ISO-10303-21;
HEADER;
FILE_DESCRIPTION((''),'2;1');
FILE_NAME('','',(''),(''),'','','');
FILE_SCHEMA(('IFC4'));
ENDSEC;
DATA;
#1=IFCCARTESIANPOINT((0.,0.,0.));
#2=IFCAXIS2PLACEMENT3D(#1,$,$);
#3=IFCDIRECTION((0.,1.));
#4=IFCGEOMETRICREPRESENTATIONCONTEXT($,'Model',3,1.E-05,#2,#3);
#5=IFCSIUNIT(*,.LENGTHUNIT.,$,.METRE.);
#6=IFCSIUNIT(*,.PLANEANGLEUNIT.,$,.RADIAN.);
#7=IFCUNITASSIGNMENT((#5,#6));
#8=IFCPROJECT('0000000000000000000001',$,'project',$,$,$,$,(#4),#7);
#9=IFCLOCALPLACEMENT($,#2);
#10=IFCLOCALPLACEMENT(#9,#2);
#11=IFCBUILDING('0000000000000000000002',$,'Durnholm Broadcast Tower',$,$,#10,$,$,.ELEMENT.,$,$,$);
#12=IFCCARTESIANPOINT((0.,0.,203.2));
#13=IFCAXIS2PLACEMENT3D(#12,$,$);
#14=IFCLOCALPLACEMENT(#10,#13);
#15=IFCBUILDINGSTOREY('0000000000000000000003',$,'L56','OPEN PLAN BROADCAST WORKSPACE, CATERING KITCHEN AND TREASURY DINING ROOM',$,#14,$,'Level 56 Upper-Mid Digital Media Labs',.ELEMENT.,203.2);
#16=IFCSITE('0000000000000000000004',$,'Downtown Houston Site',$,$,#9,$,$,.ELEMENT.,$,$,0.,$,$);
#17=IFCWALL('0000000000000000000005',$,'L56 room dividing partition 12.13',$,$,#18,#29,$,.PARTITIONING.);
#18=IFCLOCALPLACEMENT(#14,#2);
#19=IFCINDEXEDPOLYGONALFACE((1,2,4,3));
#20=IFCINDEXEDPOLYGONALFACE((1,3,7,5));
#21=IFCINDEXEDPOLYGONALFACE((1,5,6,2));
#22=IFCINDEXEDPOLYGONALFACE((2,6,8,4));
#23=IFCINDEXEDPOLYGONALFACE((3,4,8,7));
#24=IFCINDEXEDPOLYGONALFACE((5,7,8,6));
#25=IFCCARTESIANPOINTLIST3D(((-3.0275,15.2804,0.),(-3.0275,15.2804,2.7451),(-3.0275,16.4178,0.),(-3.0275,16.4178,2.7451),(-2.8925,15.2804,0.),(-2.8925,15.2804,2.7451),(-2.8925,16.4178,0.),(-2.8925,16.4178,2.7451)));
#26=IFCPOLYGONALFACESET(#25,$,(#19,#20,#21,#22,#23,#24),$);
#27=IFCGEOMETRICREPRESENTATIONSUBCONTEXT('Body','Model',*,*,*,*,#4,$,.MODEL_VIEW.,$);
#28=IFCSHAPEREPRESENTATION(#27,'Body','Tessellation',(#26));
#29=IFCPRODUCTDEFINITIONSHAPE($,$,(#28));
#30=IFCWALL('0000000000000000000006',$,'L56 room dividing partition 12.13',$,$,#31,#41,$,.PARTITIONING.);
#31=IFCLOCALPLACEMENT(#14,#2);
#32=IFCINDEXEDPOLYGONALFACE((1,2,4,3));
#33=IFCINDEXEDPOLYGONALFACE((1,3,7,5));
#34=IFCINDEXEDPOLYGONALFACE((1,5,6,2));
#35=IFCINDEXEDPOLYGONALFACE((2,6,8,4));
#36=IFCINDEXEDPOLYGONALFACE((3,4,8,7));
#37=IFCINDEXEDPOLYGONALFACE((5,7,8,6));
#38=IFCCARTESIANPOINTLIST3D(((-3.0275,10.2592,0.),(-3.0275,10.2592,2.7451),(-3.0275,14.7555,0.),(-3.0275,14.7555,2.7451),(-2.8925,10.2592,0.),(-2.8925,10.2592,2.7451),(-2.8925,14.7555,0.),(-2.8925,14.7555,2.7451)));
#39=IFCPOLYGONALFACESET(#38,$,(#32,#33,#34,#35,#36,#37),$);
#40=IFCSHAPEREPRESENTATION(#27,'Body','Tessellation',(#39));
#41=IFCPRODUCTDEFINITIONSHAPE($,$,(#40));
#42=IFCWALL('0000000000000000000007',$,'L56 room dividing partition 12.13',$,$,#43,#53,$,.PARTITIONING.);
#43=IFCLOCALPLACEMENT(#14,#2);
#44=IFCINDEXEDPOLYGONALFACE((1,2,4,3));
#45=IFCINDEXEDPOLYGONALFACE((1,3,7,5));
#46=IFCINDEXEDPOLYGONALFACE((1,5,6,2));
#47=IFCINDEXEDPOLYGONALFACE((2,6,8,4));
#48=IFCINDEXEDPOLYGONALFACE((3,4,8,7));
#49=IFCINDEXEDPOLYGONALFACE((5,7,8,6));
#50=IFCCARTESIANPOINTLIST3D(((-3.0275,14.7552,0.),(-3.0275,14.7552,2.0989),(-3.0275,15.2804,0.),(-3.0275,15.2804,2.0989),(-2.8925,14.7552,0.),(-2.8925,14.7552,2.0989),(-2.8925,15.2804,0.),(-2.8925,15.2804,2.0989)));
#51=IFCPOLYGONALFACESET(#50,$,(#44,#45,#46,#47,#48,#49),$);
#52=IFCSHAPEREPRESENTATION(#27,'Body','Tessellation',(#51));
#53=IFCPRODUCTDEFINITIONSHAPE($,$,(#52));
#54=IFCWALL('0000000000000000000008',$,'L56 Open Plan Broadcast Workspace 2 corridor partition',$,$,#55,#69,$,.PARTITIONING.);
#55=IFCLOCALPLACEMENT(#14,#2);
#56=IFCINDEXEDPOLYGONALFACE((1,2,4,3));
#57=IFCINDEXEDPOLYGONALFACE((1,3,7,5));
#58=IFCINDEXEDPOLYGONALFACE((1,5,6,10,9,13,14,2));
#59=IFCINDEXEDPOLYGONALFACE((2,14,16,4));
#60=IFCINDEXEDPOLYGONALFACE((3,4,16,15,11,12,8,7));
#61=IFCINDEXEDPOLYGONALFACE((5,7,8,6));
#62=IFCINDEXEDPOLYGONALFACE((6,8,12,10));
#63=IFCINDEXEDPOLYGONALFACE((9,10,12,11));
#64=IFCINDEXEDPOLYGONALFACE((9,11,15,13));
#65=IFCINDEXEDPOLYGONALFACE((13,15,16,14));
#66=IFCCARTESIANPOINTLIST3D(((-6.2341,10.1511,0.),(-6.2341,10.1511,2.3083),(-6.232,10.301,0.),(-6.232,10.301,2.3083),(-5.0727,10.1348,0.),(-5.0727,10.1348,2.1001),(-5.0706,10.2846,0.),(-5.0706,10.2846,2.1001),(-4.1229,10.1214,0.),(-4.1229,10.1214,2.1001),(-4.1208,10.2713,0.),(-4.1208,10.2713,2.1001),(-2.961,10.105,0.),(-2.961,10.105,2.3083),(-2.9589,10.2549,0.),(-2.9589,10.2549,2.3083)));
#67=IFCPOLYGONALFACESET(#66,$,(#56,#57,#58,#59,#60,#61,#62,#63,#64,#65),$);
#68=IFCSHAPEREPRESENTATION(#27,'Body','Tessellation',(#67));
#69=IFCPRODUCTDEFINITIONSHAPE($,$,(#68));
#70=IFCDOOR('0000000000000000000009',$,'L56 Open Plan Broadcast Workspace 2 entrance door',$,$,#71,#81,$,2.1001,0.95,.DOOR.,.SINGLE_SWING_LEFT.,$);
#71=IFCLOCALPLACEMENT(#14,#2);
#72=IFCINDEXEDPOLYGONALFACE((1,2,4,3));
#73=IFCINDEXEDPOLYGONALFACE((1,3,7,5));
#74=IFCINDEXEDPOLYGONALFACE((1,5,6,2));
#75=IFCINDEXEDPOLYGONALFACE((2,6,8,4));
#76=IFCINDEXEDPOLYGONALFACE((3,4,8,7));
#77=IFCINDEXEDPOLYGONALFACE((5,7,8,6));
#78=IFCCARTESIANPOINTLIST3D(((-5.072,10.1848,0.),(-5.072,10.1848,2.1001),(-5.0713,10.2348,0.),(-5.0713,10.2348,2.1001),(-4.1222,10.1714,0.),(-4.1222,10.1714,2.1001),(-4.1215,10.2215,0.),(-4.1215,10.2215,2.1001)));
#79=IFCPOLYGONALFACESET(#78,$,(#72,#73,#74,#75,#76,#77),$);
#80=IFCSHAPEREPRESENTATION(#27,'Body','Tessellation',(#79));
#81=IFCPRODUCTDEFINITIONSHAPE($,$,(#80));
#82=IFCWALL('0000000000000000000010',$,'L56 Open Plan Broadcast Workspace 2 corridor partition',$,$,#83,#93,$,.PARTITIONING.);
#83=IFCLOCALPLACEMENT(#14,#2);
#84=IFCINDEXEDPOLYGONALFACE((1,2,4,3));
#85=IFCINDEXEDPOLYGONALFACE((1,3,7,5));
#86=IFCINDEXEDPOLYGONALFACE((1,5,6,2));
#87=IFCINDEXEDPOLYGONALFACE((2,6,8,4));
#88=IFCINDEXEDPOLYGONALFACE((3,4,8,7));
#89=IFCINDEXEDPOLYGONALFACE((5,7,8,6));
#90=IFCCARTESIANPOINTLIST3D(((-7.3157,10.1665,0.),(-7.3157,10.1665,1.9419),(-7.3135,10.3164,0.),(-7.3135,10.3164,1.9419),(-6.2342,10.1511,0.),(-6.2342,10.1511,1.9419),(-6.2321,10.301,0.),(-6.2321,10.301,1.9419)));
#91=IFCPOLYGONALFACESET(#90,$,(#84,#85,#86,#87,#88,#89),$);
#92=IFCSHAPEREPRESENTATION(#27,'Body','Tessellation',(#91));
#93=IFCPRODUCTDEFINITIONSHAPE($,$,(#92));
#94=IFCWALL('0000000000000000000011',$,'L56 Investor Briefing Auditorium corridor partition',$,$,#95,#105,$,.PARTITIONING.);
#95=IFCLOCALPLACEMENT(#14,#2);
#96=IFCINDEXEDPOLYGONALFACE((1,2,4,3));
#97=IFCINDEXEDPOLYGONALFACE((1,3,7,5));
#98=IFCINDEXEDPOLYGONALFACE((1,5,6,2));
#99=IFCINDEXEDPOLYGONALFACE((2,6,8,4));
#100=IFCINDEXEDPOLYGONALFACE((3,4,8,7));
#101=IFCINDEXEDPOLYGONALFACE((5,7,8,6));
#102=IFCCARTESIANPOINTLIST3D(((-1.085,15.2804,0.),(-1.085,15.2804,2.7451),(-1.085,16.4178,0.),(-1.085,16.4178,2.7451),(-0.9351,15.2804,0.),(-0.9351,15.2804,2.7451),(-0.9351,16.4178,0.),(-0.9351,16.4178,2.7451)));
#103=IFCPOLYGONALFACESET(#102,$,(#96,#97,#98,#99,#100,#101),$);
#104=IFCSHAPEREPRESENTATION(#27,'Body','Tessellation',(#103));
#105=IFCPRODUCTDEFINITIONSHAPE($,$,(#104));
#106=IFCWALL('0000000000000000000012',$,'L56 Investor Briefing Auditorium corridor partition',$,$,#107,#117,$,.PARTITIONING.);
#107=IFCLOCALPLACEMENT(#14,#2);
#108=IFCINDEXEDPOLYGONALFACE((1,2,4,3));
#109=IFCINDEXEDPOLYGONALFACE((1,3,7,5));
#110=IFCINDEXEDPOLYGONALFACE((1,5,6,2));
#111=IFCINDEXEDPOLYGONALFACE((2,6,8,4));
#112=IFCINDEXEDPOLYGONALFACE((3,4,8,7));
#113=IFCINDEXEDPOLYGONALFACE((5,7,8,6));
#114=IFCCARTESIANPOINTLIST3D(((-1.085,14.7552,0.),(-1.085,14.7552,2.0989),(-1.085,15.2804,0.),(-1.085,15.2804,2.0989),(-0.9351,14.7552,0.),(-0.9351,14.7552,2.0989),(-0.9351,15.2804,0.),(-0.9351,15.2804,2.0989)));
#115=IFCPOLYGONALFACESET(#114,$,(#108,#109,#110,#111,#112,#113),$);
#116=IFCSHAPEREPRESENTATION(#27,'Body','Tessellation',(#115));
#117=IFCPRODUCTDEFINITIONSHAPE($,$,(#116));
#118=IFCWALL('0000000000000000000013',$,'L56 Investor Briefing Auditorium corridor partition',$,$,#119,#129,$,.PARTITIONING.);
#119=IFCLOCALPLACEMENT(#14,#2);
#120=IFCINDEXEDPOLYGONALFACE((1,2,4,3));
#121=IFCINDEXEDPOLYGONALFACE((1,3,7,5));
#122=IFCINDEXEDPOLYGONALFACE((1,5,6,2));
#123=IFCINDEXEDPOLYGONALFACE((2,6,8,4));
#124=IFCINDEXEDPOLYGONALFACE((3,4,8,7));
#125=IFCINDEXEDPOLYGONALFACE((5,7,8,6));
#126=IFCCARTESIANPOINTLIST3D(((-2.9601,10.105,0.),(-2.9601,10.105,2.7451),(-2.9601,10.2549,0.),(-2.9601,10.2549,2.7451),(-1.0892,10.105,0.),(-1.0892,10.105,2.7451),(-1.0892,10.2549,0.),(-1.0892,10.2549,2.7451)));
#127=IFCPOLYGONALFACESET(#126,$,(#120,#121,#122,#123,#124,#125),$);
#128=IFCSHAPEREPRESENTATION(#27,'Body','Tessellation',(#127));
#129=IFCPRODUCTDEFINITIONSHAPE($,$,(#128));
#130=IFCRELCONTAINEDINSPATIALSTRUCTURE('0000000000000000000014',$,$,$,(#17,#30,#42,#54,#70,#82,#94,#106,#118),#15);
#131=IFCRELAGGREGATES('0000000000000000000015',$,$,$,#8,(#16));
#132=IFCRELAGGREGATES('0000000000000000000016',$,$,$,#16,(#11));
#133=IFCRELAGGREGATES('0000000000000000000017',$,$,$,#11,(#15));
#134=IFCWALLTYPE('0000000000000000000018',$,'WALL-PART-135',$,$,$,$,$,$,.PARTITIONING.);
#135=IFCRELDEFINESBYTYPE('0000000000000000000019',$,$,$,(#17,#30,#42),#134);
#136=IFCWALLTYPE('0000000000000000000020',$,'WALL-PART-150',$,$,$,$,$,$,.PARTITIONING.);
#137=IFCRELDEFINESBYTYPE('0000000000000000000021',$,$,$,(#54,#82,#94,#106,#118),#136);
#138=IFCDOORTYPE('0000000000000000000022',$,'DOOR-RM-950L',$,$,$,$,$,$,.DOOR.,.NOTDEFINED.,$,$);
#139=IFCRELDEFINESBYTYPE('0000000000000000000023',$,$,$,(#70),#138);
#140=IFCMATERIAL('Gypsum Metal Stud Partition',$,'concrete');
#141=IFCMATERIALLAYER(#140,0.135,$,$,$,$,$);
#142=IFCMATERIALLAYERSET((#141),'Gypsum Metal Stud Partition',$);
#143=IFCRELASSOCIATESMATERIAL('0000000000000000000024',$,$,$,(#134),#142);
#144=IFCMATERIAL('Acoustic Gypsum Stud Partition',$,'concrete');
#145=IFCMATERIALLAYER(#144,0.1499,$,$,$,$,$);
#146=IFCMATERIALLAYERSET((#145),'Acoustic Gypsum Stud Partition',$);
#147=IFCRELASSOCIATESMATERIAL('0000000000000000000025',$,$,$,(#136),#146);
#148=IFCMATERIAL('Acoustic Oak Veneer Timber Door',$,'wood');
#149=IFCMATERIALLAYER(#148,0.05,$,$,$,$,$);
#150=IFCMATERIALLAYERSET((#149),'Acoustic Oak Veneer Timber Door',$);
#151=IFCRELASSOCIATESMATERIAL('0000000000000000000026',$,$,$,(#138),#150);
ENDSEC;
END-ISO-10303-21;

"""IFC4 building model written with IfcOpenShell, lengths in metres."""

from ifc_helpers import new_model, si_unit, direction, frame, frame_2d, origin, place, context, subcontext, project, spatial, rectangle, extrude, source, transform, mapped, material, layer, layer_set, type_object, type_shapes, element, fill, save


model = new_model("IFC4")

# Units and contexts
model_context = context("Model", 3, precision=1e-05, world=origin(), true_north=direction((0.0, 1.0)))
body_context = subcontext(model_context, "Body", "Model", "MODEL_VIEW")
ifc_project = project(units=[si_unit("LENGTHUNIT", "METRE"), si_unit("PLANEANGLEUNIT", "RADIAN")], contexts=[model_context])

# Site, building, storey
site_placement = place(None, origin())
site = spatial("IfcSite", under=ifc_project, at=site_placement, Name="Downtown Houston Site", CompositionType="ELEMENT", RefElevation=0.0)
building_placement = place(site_placement, origin())
building = spatial("IfcBuilding", under=site, at=building_placement, Name="Durnholm Broadcast Tower", CompositionType="ELEMENT")
storey_placement = place(building_placement, frame((0.0, 0.0, 203.2)))
storey = spatial("IfcBuildingStorey", under=building, at=storey_placement, Name="L56", Description="OPEN PLAN BROADCAST WORKSPACE, CATERING KITCHEN AND TREASURY DINING ROOM", LongName="Level 56 Upper-Mid Digital Media Labs", CompositionType="ELEMENT", Elevation=203.2)

# Walls
ifc_material_1 = material(Name="Gypsum Metal Stud Partition", Category="concrete")
ifc_layer_1 = layer(ifc_material_1, 0.135)
ifc_layer_set_1 = layer_set([ifc_layer_1], Name="Gypsum Metal Stud Partition")
wall_type_1 = type_object("IfcWallType", Name="WALL-PART-135", PredefinedType="PARTITIONING", material=ifc_layer_set_1)
wall_1_placement = place(storey_placement, frame((-2.96, 16.418, 0.0), z_axis=(0.0, 0.0, 1.0), x_axis=(0.0, -1.0, 0.0)))
element("IfcWall", 1, at=wall_1_placement, inside=storey, type_object=wall_type_1, Name="L56 room dividing partition 12.13", PredefinedType="PARTITIONING", context=body_context, shape_type="SweptSolid", body=[
    extrude(rectangle(XDim=1.1375, YDim=0.135, at=frame_2d((0.5688, 0.0))), origin(), (0.0, 0.0, 1.0), 2.7451),
])
wall_2_placement = place(storey_placement, frame((-2.96, 14.7554, 0.0), z_axis=(0.0, 0.0, 1.0), x_axis=(0.0, -1.0, 0.0)))
element("IfcWall", 2, at=wall_2_placement, inside=storey, type_object=wall_type_1, Name="L56 room dividing partition 12.13", PredefinedType="PARTITIONING", context=body_context, shape_type="SweptSolid", body=[
    extrude(rectangle(XDim=4.4963, YDim=0.135, at=frame_2d((2.248, 0.0))), origin(), (0.0, 0.0, 1.0), 2.7451),
])
wall_3_placement = place(storey_placement, frame((-2.96, 15.2805, 0.0), z_axis=(0.0, 0.0, 1.0), x_axis=(0.0, -1.0, 0.0)))
element("IfcWall", 3, at=wall_3_placement, inside=storey, type_object=wall_type_1, Name="L56 room dividing partition 12.13", PredefinedType="PARTITIONING", context=body_context, shape_type="SweptSolid", body=[
    extrude(rectangle(XDim=0.5251, YDim=0.135, at=frame_2d((0.2627, 0.0))), origin(), (0.0, 0.0, 1.0), 2.0989),
])

# Wall, opening, door
ifc_material_2 = material(Name="Acoustic Gypsum Stud Partition", Category="concrete")
ifc_layer_2 = layer(ifc_material_2, 0.1499)
ifc_layer_set_2 = layer_set([ifc_layer_2], Name="Acoustic Gypsum Stud Partition")
wall_type_2 = type_object("IfcWallType", Name="WALL-PART-150", PredefinedType="PARTITIONING", material=ifc_layer_set_2)
wall_4_placement = place(storey_placement, frame((-2.96, 10.1799, 0.0), z_axis=(0.0, 0.0, 1.0), x_axis=(-0.999901, 0.014096, 0.0)))
wall_4 = element("IfcWall", 4, at=wall_4_placement, inside=storey, type_object=wall_type_2, Name="L56 Open Plan Broadcast Workspace 2 corridor partition", PredefinedType="PARTITIONING", context=body_context, shape_type="SweptSolid", body=[
    extrude(rectangle(XDim=3.2734, YDim=0.1499, at=frame_2d((1.6367, 0.0))), origin(), (0.0, 0.0, 1.0), 2.3083),
])
opening_1_placement = place(wall_4_placement, frame((1.1619, 0.0, 0.0)))
opening_1 = element("IfcOpeningElement", 5, at=opening_1_placement, cuts=wall_4, PredefinedType="OPENING", context=body_context, shape_type="SweptSolid", body=[
    extrude(rectangle(XDim=0.95, YDim=2.1001, at=frame_2d((0.4751, 1.05))), frame((0.0, 0.085, 0.0), z_axis=(0.0, -1.0, 0.0), x_axis=(1.0, 0.0, 0.0)), (0.0, 0.0, 1.0), 0.1699),
])
ifc_material_3 = material(Name="Acoustic Oak Veneer Timber Door", Category="wood")
ifc_layer_3 = layer(ifc_material_3, 0.05)
ifc_layer_set_3 = layer_set([ifc_layer_3], Name="Acoustic Oak Veneer Timber Door")
door_type_1 = type_object("IfcDoorType", Name="DOOR-RM-950L", OperationType="NOTDEFINED", PredefinedType="DOOR", material=ifc_layer_set_3)
shared_shape_1 = source(origin(), body_context, "Body", "SweptSolid", [
    extrude(rectangle(XDim=0.95, YDim=2.1001, at=frame_2d((0.4751, 1.05))), frame((0.0, 0.0249, 0.0), z_axis=(0.0, -1.0, 0.0), x_axis=(1.0, 0.0, 0.0)), (0.0, 0.0, 1.0), 0.05),
])
type_shapes(door_type_1, [shared_shape_1])
door_1_placement = place(opening_1_placement, origin())
door_1 = element("IfcDoor", 6, at=door_1_placement, inside=storey, type_object=door_type_1, Name="L56 Open Plan Broadcast Workspace 2 entrance door", OperationType="SINGLE_SWING_LEFT", OverallHeight=2.1001, OverallWidth=0.95, PredefinedType="DOOR", context=body_context, shape_type="MappedRepresentation", body=[
    mapped(shared_shape_1, transform((0.0, 0.0, 0.0), x_axis=(1.0, 0.0, 0.0), y_axis=(0.0, 1.0, 0.0), z_axis=(0.0, 0.0, 1.0), scale=1.0)),
])
fill(opening_1, door_1)

# Walls
wall_5_placement = place(storey_placement, frame((-6.2332, 10.2261, 0.0), z_axis=(0.0, 0.0, 1.0), x_axis=(-0.999899, 0.01422, 0.0)))
element("IfcWall", 7, at=wall_5_placement, inside=storey, type_object=wall_type_2, Name="L56 Open Plan Broadcast Workspace 2 corridor partition", PredefinedType="PARTITIONING", context=body_context, shape_type="SweptSolid", body=[
    extrude(rectangle(XDim=1.0815, YDim=0.1499, at=frame_2d((0.5408, 0.0))), origin(), (0.0, 0.0, 1.0), 1.9419),
])
wall_6_placement = place(storey_placement, frame((-1.01, 16.418, 0.0), z_axis=(0.0, 0.0, 1.0), x_axis=(0.0, -1.0, 0.0)))
element("IfcWall", 8, at=wall_6_placement, inside=storey, type_object=wall_type_2, Name="L56 Investor Briefing Auditorium corridor partition", PredefinedType="PARTITIONING", context=body_context, shape_type="SweptSolid", body=[
    extrude(rectangle(XDim=1.1375, YDim=0.1499, at=frame_2d((0.5688, 0.0))), origin(), (0.0, 0.0, 1.0), 2.7451),
])

# Walls
wall_7_placement = place(storey_placement, frame((-1.01, 15.2805, 0.0), z_axis=(0.0, 0.0, 1.0), x_axis=(0.0, -1.0, 0.0)))
element("IfcWall", 9, at=wall_7_placement, inside=storey, type_object=wall_type_2, Name="L56 Investor Briefing Auditorium corridor partition", PredefinedType="PARTITIONING", context=body_context, shape_type="SweptSolid", body=[
    extrude(rectangle(XDim=0.5251, YDim=0.1499, at=frame_2d((0.2627, 0.0))), origin(), (0.0, 0.0, 1.0), 2.0989),
])
wall_8_placement = place(storey_placement, frame((-1.0891, 10.1799, 0.0), z_axis=(0.0, 0.0, 1.0), x_axis=(-1.0, 0.0, 0.0)))
element("IfcWall", 10, at=wall_8_placement, inside=storey, type_object=wall_type_2, Name="L56 Investor Briefing Auditorium corridor partition", PredefinedType="PARTITIONING", context=body_context, shape_type="SweptSolid", body=[
    extrude(rectangle(XDim=1.8708, YDim=0.1499, at=frame_2d((0.9355, 0.0))), origin(), (0.0, 0.0, 1.0), 2.7451),
])

save(model, "model.ifc")
